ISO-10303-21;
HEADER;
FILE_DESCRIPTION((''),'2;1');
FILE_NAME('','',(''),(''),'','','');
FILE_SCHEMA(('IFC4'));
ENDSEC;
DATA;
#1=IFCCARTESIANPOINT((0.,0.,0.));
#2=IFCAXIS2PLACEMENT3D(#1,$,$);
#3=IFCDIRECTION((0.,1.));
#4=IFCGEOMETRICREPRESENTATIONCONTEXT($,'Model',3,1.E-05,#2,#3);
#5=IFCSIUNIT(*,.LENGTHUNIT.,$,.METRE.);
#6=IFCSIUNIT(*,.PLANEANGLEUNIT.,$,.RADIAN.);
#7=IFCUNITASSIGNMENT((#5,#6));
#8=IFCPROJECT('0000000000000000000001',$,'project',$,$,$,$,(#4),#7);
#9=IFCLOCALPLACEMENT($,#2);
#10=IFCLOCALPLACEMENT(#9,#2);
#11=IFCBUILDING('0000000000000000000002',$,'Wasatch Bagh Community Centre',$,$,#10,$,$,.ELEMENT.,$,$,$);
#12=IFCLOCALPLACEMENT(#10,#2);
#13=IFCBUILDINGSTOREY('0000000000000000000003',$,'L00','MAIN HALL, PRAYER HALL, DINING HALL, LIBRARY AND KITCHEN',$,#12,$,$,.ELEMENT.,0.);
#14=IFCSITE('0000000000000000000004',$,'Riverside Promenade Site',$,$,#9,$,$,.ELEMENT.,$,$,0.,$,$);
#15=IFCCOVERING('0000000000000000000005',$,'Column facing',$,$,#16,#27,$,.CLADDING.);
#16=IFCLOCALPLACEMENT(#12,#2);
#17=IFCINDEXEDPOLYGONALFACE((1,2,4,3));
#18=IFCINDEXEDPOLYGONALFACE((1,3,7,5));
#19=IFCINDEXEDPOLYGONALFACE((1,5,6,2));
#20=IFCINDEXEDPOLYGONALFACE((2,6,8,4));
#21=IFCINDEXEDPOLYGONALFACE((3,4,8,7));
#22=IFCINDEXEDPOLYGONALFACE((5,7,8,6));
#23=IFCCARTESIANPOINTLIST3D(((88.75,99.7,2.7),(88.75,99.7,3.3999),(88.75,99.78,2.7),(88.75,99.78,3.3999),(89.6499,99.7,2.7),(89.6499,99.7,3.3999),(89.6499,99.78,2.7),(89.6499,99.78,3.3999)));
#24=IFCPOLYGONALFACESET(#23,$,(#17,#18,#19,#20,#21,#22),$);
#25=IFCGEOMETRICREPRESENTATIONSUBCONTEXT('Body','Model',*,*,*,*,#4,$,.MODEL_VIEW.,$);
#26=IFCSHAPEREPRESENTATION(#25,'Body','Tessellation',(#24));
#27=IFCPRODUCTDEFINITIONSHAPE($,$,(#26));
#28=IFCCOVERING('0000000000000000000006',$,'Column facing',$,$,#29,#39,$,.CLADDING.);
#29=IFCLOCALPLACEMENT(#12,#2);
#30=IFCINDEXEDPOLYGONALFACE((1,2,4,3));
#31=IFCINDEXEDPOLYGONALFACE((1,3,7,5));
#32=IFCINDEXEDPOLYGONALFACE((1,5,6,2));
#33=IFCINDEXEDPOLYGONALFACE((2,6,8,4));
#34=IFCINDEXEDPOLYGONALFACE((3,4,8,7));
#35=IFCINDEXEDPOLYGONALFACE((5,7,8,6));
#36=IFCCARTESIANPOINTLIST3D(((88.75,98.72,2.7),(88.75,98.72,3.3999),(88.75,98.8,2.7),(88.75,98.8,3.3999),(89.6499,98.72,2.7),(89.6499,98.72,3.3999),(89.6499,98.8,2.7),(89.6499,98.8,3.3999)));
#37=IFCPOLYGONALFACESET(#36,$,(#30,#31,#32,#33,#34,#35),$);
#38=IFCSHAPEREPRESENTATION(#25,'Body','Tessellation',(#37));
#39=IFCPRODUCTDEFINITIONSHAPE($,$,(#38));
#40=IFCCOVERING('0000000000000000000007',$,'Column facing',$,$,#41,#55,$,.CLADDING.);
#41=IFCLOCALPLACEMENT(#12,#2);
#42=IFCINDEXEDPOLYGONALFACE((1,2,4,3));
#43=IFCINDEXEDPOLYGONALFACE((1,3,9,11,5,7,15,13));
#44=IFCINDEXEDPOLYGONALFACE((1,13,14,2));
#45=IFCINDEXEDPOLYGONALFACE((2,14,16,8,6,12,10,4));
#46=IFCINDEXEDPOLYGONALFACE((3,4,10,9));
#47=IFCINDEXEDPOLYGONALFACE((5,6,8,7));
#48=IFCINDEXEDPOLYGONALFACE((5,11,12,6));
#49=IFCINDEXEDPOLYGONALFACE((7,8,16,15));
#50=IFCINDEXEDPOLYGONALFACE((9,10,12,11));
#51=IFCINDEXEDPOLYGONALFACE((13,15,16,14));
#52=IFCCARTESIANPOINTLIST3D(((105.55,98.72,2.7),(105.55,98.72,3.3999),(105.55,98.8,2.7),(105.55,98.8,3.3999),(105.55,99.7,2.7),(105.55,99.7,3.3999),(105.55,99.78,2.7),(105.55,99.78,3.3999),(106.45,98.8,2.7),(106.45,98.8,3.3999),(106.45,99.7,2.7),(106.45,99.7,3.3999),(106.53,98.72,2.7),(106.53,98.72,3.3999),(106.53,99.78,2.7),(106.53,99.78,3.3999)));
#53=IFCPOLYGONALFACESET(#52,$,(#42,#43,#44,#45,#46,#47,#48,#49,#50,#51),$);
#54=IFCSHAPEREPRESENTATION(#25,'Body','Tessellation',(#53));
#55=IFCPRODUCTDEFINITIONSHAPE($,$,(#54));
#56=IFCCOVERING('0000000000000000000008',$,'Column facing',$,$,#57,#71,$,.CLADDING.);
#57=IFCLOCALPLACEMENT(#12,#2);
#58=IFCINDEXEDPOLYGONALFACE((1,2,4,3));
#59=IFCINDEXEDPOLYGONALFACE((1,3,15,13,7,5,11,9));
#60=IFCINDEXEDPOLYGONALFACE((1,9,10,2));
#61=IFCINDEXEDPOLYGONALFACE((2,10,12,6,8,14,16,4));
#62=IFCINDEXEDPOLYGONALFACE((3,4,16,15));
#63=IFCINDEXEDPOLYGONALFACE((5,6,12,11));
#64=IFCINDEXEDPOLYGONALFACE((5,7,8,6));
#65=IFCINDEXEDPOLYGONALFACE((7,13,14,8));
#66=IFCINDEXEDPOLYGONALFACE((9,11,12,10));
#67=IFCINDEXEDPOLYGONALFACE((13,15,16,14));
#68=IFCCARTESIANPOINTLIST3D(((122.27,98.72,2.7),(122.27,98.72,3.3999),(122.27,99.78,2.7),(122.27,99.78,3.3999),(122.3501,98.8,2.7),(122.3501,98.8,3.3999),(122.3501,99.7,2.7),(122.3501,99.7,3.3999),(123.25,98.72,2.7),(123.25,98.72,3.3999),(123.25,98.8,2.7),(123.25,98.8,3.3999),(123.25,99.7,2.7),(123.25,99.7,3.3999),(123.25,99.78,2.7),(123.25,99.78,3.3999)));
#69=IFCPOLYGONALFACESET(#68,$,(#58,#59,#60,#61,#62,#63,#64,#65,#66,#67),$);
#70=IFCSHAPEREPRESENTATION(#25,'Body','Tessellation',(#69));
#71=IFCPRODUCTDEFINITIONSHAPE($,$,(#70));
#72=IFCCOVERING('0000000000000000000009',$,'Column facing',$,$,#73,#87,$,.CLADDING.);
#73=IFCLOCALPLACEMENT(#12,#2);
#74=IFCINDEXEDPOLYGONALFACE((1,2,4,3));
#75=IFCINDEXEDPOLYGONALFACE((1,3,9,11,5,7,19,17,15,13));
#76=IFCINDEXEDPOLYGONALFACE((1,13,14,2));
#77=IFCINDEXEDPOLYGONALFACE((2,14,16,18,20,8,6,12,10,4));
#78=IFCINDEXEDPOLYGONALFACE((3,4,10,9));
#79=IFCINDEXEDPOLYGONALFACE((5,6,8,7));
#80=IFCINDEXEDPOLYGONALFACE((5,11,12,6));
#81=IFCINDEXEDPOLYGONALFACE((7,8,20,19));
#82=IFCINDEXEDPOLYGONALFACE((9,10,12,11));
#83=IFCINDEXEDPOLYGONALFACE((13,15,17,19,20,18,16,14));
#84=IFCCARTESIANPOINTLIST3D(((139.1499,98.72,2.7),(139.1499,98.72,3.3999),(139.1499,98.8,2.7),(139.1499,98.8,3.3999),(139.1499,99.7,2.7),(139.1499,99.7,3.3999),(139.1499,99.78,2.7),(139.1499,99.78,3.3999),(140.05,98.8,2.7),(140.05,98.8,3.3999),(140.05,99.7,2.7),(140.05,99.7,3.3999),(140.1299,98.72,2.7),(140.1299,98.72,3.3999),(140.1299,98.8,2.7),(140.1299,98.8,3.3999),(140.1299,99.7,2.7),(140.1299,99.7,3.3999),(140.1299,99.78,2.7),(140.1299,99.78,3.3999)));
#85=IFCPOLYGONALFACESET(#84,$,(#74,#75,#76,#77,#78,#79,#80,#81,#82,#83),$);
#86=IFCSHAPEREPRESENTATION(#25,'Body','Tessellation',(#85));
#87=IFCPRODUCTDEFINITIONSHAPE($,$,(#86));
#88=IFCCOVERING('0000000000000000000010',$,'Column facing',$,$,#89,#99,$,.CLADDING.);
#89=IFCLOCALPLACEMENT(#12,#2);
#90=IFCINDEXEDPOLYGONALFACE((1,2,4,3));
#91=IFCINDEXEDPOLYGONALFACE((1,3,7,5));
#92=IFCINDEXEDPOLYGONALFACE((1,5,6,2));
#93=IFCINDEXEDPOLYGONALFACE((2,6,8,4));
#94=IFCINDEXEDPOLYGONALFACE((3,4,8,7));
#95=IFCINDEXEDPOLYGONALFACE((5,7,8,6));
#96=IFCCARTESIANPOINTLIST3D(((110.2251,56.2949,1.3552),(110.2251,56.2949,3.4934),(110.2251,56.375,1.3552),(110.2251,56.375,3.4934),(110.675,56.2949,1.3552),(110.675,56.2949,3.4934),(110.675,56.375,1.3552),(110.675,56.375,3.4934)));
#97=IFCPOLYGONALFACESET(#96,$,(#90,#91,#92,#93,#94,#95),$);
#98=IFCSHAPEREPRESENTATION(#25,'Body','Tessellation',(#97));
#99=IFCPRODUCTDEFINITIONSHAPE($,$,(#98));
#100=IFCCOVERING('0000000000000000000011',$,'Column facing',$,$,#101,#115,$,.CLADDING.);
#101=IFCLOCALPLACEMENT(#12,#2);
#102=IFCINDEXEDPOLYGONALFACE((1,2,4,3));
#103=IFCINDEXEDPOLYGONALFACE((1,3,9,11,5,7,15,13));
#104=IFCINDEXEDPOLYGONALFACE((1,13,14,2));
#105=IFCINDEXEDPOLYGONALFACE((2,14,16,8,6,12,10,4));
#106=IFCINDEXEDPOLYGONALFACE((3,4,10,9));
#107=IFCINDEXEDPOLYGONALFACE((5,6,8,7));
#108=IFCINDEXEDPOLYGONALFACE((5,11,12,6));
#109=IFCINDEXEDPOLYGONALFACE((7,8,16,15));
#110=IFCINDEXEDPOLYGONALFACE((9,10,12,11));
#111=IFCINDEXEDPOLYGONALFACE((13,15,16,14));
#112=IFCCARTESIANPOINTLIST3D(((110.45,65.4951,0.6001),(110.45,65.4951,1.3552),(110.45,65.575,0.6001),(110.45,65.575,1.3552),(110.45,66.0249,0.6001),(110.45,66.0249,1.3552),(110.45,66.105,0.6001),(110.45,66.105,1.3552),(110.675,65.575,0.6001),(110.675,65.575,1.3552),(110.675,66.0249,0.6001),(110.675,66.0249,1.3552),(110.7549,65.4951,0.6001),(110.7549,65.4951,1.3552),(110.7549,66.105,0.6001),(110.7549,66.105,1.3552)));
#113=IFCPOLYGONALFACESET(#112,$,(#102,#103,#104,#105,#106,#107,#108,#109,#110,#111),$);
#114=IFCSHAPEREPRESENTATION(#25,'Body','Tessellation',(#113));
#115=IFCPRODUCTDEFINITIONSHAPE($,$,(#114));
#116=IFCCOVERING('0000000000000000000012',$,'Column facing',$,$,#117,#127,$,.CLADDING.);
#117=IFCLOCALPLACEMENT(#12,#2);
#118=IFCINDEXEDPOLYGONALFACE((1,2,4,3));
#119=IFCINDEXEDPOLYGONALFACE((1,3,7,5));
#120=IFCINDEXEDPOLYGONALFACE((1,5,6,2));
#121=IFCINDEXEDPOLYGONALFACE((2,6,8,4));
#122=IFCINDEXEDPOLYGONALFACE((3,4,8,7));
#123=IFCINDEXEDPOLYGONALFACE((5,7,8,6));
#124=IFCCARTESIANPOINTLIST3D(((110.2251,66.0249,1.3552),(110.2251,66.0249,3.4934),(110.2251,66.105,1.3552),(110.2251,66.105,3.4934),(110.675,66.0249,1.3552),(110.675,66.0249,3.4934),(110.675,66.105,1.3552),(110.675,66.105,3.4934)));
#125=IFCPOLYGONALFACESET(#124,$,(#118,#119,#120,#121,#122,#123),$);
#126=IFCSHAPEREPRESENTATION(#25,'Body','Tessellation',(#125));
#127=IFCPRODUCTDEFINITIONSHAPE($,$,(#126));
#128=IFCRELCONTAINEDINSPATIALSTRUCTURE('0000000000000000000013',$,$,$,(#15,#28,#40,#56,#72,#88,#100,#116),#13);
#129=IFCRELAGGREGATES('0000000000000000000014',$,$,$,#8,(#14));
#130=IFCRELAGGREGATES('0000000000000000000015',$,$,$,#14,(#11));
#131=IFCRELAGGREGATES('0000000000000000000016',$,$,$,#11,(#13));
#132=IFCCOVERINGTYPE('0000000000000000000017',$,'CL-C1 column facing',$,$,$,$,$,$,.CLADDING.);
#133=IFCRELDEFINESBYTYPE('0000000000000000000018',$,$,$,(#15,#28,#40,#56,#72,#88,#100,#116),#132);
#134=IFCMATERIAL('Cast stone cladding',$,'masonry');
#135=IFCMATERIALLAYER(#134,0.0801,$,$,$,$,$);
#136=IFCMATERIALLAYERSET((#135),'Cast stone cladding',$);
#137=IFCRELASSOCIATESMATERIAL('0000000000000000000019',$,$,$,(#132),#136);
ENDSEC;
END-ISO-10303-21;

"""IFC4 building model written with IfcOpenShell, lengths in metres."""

from ifc_helpers import new_model, si_unit, direction, frame, origin, place, context, subcontext, project, spatial, polyline, outline, extrude, material, layer, layer_set, type_object, element, save


model = new_model("IFC4")

# Units and contexts
model_context = context("Model", 3, precision=1e-05, world=origin(), true_north=direction((0.0, 1.0)))
body_context = subcontext(model_context, "Body", "Model", "MODEL_VIEW")
ifc_project = project(units=[si_unit("LENGTHUNIT", "METRE"), si_unit("PLANEANGLEUNIT", "RADIAN")], contexts=[model_context])

# Site, building, storey
site_placement = place(None, origin())
site = spatial("IfcSite", under=ifc_project, at=site_placement, Name="Riverside Promenade Site", CompositionType="ELEMENT", RefElevation=0.0)
building_placement = place(site_placement, origin())
building = spatial("IfcBuilding", under=site, at=building_placement, Name="Wasatch Bagh Community Centre", CompositionType="ELEMENT")
storey_placement = place(building_placement, origin())
storey = spatial("IfcBuildingStorey", under=building, at=storey_placement, Name="L00", Description="MAIN HALL, PRAYER HALL, DINING HALL, LIBRARY AND KITCHEN", CompositionType="ELEMENT", Elevation=0.0)

# Coverings
ifc_material_1 = material(Name="Cast stone cladding", Category="masonry")
ifc_layer_1 = layer(ifc_material_1, 0.0801)
ifc_layer_set_1 = layer_set([ifc_layer_1], Name="Cast stone cladding")
covering_type = type_object("IfcCoveringType", Name="CL-C1 column facing", PredefinedType="CLADDING", material=ifc_layer_set_1)
covering_1_placement = place(storey_placement, frame((0.0, 0.0, 2.7)))
element("IfcCovering", 1, at=covering_1_placement, inside=storey, type_object=covering_type, Name="Column facing", PredefinedType="CLADDING", context=body_context, shape_type="SweptSolid", body=[
    extrude(outline(polyline([(88.75, 99.7), (88.75, 99.78), (89.6499, 99.78), (89.6499, 99.7), (88.75, 99.7)])), origin(), (0.0, 0.0, 1.0), 0.7),
])
covering_2_placement = place(storey_placement, frame((0.0, 0.0, 2.7)))
element("IfcCovering", 2, at=covering_2_placement, inside=storey, type_object=covering_type, Name="Column facing", PredefinedType="CLADDING", context=body_context, shape_type="SweptSolid", body=[
    extrude(outline(polyline([(89.6499, 98.8), (89.6499, 98.72), (88.75, 98.72), (88.75, 98.8), (89.6499, 98.8)])), origin(), (0.0, 0.0, 1.0), 0.7),
])
covering_3_placement = place(storey_placement, frame((0.0, 0.0, 2.7)))
element("IfcCovering", 3, at=covering_3_placement, inside=storey, type_object=covering_type, Name="Column facing", PredefinedType="CLADDING", context=body_context, shape_type="SweptSolid", body=[
    extrude(outline(polyline([(106.53, 98.72), (105.55, 98.72), (105.55, 98.8), (106.45, 98.8), (106.45, 99.7), (105.55, 99.7), (105.55, 99.78), (106.53, 99.78), (106.53, 98.72)])), origin(), (0.0, 0.0, 1.0), 0.7),
])
covering_4_placement = place(storey_placement, frame((0.0, 0.0, 2.7)))
element("IfcCovering", 4, at=covering_4_placement, inside=storey, type_object=covering_type, Name="Column facing", PredefinedType="CLADDING", context=body_context, shape_type="SweptSolid", body=[
    extrude(outline(polyline([(122.27, 98.72), (122.27, 99.78), (123.25, 99.78), (123.25, 99.7), (122.3501, 99.7), (122.3501, 98.8), (123.25, 98.8), (123.25, 98.72), (122.27, 98.72)])), origin(), (0.0, 0.0, 1.0), 0.7),
])
covering_5_placement = place(storey_placement, frame((0.0, 0.0, 2.7)))
element("IfcCovering", 5, at=covering_5_placement, inside=storey, type_object=covering_type, Name="Column facing", PredefinedType="CLADDING", context=body_context, shape_type="SweptSolid", body=[
    extrude(outline(polyline([(140.1299, 98.8), (140.1299, 98.72), (139.1499, 98.72), (139.1499, 98.8), (140.05, 98.8), (140.05, 99.7), (139.1499, 99.7), (139.1499, 99.78), (140.1299, 99.78), (140.1299, 99.7), (140.1299, 98.8)])), origin(), (0.0, 0.0, 1.0), 0.7),
])
covering_6_placement = place(storey_placement, frame((0.0, 0.0, 1.3552)))
element("IfcCovering", 6, at=covering_6_placement, inside=storey, type_object=covering_type, Name="Column facing", PredefinedType="CLADDING", context=body_context, shape_type="SweptSolid", body=[
    extrude(outline(polyline([(110.2251, 56.375), (110.675, 56.375), (110.675, 56.2949), (110.2251, 56.2949), (110.2251, 56.375)])), origin(), (0.0, 0.0, 1.0), 2.1382),
])
covering_7_placement = place(storey_placement, frame((0.0, 0.0, 0.6001)))
element("IfcCovering", 7, at=covering_7_placement, inside=storey, type_object=covering_type, Name="Column facing", PredefinedType="CLADDING", context=body_context, shape_type="SweptSolid", body=[
    extrude(outline(polyline([(110.7549, 66.105), (110.7549, 65.4951), (110.45, 65.4951), (110.45, 65.575), (110.675, 65.575), (110.675, 66.0249), (110.45, 66.0249), (110.45, 66.105), (110.7549, 66.105)])), origin(), (0.0, 0.0, 1.0), 0.7551),
])
covering_8_placement = place(storey_placement, frame((0.0, 0.0, 1.3552)))
element("IfcCovering", 8, at=covering_8_placement, inside=storey, type_object=covering_type, Name="Column facing", PredefinedType="CLADDING", context=body_context, shape_type="SweptSolid", body=[
    extrude(outline(polyline([(110.675, 66.0249), (110.2251, 66.0249), (110.2251, 66.105), (110.675, 66.105), (110.675, 66.0249)])), origin(), (0.0, 0.0, 1.0), 2.1382),
])

save(model, "model.ifc")
